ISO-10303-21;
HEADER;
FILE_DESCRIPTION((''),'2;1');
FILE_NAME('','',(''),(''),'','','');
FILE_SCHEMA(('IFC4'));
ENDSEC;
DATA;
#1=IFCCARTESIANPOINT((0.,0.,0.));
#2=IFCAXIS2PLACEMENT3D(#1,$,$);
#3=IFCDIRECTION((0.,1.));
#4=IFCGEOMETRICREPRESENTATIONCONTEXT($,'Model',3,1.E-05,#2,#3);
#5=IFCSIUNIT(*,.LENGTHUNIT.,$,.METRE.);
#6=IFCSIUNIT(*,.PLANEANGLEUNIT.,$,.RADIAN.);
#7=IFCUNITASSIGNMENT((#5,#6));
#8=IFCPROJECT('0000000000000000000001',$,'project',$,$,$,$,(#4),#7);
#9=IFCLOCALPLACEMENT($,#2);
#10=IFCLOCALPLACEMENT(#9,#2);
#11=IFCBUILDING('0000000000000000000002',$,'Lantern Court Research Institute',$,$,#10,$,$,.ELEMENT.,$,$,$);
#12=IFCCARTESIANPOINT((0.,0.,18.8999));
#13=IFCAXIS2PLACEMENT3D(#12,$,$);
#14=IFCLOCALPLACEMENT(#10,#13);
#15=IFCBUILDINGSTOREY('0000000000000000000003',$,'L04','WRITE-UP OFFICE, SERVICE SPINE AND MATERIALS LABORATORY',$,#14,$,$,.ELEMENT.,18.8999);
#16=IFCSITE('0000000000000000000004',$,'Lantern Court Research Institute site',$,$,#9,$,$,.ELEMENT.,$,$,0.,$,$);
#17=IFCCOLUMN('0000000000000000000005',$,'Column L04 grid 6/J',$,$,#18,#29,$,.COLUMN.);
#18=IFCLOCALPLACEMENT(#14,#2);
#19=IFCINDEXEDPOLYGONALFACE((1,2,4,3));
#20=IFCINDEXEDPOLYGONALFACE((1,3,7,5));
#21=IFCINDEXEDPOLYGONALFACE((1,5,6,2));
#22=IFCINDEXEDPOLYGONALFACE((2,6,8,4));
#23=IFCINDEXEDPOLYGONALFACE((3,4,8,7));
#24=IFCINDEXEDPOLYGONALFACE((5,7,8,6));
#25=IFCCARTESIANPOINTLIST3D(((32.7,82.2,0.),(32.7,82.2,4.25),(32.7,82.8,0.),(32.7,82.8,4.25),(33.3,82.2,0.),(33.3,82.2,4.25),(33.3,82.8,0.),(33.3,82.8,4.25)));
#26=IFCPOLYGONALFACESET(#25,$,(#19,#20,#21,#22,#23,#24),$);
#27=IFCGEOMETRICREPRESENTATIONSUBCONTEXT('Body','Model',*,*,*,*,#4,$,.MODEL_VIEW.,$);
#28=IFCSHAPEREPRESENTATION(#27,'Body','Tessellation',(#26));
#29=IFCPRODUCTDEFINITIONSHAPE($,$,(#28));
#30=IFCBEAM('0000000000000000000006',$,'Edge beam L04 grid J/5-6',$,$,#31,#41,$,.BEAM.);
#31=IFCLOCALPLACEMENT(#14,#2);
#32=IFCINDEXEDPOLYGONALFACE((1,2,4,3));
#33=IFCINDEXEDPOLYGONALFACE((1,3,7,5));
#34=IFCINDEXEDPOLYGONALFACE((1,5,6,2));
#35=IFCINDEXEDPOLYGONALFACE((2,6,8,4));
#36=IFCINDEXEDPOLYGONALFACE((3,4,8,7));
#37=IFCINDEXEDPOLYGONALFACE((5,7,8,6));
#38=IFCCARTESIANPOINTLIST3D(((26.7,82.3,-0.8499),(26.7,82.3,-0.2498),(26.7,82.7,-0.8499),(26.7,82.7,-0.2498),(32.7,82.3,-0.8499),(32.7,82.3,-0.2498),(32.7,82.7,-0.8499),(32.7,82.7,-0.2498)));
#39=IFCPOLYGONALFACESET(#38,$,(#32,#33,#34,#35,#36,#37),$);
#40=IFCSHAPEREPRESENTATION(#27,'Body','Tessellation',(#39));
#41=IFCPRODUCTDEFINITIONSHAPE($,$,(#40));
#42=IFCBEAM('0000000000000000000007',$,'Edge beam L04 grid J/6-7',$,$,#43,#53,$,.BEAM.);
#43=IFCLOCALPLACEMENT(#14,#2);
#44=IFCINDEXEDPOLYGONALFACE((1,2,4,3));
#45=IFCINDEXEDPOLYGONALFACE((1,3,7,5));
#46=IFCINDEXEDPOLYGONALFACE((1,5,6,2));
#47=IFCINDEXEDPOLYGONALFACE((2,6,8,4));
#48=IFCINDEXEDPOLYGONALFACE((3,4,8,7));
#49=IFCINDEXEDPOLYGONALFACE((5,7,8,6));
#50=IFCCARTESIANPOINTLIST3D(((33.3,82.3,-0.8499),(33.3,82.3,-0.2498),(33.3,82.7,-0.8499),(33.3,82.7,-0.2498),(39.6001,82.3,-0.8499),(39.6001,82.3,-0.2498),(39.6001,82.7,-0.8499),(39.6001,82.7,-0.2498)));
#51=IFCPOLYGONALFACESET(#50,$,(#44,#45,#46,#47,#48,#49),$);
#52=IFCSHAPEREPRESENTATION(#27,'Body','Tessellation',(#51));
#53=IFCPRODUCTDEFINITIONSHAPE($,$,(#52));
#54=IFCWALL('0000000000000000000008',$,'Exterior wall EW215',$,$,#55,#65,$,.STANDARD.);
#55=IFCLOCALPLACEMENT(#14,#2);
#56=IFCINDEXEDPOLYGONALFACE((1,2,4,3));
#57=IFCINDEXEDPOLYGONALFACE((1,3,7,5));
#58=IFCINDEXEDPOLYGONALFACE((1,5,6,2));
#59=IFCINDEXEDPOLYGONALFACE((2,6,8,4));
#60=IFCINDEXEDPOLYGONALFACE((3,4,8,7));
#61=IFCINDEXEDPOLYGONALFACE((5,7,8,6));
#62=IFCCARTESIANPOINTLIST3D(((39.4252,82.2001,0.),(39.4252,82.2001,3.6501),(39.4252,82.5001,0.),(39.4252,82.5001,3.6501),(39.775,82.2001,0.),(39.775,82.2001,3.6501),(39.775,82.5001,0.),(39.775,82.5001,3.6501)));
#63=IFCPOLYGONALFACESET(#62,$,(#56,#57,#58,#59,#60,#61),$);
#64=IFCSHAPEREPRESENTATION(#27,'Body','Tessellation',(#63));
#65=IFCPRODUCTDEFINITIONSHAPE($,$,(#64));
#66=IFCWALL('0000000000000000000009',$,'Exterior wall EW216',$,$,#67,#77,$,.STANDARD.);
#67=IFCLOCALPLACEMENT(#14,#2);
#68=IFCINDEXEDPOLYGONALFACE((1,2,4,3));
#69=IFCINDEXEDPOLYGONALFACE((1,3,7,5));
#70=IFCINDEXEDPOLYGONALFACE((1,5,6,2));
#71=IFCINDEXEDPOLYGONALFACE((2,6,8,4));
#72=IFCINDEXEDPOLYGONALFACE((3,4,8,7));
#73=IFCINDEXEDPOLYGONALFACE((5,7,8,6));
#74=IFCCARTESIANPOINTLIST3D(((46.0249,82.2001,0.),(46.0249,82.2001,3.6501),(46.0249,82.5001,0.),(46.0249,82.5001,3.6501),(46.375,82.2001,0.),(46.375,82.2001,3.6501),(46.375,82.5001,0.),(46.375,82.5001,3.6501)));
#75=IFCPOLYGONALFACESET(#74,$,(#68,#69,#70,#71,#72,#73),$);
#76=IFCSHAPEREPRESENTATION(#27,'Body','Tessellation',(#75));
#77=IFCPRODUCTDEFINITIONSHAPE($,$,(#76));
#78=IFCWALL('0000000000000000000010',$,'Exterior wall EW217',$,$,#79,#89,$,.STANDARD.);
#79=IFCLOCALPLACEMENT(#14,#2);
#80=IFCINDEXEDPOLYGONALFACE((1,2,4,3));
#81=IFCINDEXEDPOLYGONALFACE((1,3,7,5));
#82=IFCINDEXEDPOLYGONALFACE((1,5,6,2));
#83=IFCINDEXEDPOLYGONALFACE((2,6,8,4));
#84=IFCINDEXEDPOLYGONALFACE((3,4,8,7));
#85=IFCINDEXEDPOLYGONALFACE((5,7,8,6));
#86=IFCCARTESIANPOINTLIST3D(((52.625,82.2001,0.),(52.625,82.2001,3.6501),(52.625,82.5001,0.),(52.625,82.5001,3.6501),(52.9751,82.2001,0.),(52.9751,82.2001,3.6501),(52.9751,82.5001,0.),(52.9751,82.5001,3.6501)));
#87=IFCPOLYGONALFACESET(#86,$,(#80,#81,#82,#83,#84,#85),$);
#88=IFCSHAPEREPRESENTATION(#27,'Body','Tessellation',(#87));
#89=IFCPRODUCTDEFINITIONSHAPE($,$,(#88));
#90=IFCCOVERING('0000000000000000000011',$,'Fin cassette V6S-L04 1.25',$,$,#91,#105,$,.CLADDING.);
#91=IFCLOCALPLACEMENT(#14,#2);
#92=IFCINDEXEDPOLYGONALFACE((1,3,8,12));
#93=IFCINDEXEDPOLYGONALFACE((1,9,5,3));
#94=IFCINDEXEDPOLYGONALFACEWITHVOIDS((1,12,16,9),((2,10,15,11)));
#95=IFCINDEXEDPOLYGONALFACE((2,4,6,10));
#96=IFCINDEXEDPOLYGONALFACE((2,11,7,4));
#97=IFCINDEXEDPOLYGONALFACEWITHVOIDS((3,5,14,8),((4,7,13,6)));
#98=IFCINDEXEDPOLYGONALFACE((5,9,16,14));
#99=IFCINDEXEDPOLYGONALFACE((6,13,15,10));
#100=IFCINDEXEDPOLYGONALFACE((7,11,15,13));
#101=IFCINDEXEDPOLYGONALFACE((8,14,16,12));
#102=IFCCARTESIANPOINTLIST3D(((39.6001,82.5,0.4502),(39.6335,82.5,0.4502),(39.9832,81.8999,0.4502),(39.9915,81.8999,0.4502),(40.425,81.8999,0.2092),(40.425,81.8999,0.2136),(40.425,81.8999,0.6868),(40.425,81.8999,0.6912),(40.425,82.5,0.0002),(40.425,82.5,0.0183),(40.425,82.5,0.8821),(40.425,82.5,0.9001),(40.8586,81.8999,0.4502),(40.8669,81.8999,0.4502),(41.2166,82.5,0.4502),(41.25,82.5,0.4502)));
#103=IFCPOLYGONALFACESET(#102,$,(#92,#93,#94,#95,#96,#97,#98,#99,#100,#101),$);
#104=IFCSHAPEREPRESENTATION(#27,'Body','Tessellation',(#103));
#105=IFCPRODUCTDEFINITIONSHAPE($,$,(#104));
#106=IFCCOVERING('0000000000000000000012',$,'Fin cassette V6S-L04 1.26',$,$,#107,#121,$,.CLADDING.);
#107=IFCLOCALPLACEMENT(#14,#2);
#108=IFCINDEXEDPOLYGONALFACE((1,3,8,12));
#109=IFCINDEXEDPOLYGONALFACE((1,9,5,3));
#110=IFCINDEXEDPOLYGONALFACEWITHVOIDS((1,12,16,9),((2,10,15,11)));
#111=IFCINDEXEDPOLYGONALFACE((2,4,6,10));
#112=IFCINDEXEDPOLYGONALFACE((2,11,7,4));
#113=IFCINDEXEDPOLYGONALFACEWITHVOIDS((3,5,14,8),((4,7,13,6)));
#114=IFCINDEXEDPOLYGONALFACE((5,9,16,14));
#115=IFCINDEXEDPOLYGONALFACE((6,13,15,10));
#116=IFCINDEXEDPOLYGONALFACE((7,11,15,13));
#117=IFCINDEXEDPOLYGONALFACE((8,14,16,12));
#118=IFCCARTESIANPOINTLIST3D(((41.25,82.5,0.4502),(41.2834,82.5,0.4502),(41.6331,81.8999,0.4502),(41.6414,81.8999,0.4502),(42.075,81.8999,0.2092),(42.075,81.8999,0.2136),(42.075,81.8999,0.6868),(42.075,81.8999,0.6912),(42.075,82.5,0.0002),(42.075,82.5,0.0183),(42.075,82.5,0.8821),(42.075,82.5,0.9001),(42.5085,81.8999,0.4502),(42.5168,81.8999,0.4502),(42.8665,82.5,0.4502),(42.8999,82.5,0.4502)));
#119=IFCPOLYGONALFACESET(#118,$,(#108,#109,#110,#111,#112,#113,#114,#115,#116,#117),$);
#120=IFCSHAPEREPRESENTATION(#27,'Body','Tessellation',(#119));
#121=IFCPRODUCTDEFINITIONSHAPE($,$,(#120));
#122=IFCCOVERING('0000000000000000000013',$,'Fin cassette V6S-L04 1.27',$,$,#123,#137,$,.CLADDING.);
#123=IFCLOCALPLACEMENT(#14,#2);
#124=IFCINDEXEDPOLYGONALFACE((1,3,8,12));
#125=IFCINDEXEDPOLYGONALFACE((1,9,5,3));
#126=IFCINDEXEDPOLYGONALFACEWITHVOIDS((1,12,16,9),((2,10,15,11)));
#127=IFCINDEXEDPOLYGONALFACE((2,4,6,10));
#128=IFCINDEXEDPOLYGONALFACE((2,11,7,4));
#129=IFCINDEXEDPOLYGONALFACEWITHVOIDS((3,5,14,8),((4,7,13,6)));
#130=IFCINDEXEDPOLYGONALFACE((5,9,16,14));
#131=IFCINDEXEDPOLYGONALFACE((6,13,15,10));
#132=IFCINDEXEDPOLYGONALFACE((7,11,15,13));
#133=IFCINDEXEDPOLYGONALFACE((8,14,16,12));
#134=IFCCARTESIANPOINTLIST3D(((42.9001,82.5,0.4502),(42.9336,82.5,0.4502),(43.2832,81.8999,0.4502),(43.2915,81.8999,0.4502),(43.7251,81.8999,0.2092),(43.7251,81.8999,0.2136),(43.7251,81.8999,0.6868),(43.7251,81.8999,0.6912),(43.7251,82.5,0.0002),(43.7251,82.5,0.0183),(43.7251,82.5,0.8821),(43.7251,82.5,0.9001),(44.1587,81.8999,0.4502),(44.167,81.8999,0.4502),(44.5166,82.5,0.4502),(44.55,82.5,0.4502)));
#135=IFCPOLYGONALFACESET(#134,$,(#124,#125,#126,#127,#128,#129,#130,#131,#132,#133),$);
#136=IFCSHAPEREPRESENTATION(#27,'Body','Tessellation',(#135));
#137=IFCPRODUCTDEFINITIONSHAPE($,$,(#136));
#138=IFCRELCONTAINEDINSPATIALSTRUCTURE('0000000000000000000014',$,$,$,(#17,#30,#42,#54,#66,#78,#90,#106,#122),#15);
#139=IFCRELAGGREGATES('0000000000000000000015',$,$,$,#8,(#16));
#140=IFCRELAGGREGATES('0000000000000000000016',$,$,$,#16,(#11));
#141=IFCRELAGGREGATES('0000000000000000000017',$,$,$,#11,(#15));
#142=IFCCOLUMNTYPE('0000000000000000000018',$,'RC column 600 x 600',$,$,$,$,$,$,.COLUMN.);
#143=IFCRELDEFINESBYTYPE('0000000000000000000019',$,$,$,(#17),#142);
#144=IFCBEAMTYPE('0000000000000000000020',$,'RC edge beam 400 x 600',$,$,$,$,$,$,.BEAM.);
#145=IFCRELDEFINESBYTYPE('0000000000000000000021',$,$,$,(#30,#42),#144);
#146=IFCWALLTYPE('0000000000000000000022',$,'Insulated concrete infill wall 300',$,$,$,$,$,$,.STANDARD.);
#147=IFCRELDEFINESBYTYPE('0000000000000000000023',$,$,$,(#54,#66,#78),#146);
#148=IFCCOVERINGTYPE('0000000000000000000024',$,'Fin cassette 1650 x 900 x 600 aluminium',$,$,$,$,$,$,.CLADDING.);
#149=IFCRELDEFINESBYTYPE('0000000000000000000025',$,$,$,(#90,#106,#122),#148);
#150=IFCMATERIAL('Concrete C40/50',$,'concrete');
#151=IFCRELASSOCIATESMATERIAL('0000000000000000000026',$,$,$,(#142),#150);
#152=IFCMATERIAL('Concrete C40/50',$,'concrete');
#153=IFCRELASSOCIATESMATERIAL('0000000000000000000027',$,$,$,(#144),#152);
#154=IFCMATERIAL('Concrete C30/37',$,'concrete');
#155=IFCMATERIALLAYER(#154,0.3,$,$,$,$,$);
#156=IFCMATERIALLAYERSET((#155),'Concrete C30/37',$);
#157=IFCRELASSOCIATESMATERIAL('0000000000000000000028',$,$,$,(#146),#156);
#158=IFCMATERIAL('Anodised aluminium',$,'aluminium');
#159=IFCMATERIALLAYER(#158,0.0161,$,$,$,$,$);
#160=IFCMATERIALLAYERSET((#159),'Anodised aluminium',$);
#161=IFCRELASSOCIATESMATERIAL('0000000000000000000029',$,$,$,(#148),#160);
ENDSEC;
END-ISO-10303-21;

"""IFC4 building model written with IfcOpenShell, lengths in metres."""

from ifc_helpers import new_model, entity, si_unit, direction, frame, frame_2d, origin, origin_2d, place, context, subcontext, project, spatial, rectangle, extrude, material, layer, layer_set, material_profile, profile_set, type_object, element, save


model = new_model("IFC4")

# Units and contexts
model_context = context("Model", 3, precision=1e-05, world=origin(), true_north=direction((0.0, 1.0)))
body_context = subcontext(model_context, "Body", "Model", "MODEL_VIEW")
ifc_project = project(units=[si_unit("LENGTHUNIT", "METRE"), si_unit("PLANEANGLEUNIT", "RADIAN")], contexts=[model_context])

# Site, building, storey
site_placement = place(None, origin())
site = spatial("IfcSite", under=ifc_project, at=site_placement, Name="Lantern Court Research Institute site", CompositionType="ELEMENT", RefElevation=0.0)
building_placement = place(site_placement, origin())
building = spatial("IfcBuilding", under=site, at=building_placement, Name="Lantern Court Research Institute", CompositionType="ELEMENT")
storey_placement = place(building_placement, frame((0.0, 0.0, 18.8999)))
storey = spatial("IfcBuildingStorey", under=building, at=storey_placement, Name="L04", Description="WRITE-UP OFFICE, SERVICE SPINE AND MATERIALS LABORATORY", CompositionType="ELEMENT", Elevation=18.8999)

# Column
ifc_material_1 = material(Name="Concrete C40/50", Category="concrete")
ifc_material_profile_1 = material_profile(ifc_material_1, rectangle(XDim=0.6001, YDim=0.6001, at=origin_2d()), Name="RC column 600 x 600")
ifc_profile_set_1 = profile_set([ifc_material_profile_1], Name="Concrete C40/50")
column_type = type_object("IfcColumnType", Name="RC column 600 x 600", PredefinedType="COLUMN", material=ifc_profile_set_1)
column_placement = place(storey_placement, frame((33.0, 82.5, 0.0), z_axis=(0.0, 0.0, 1.0), x_axis=(1.0, 0.0, 0.0)))
element("IfcColumn", 1, at=column_placement, inside=storey, type_object=column_type, Name="Column L04 grid 6/J", PredefinedType="COLUMN", context=body_context, shape_type="SweptSolid", body=[
    extrude(rectangle(XDim=0.6001, YDim=0.6001, at=origin_2d()), origin(), (0.0, 0.0, 1.0), 4.25),
])

# Beams
ifc_material_2 = material(Name="Concrete C40/50", Category="concrete")
ifc_material_profile_2 = material_profile(ifc_material_2, rectangle(XDim=0.3999, YDim=0.6001, at=origin_2d()), Name="RC beam 400 x 600")
ifc_profile_set_2 = profile_set([ifc_material_profile_2], Name="Concrete C40/50")
beam_type = type_object("IfcBeamType", Name="RC edge beam 400 x 600", PredefinedType="BEAM", material=ifc_profile_set_2)
beam_1_placement = place(storey_placement, frame((26.7, 82.5, -0.5498), z_axis=(1.0, 0.0, 0.0), x_axis=(0.0, 1.0, 0.0)))
element("IfcBeam", 2, at=beam_1_placement, inside=storey, type_object=beam_type, Name="Edge beam L04 grid J/5-6", PredefinedType="BEAM", context=body_context, shape_type="SweptSolid", body=[
    extrude(rectangle(XDim=0.3999, YDim=0.6001, at=origin_2d()), origin(), (0.0, 0.0, 1.0), 6.0),
])
beam_2_placement = place(storey_placement, frame((33.3, 82.5, -0.5498), z_axis=(1.0, 0.0, 0.0), x_axis=(0.0, 1.0, 0.0)))
element("IfcBeam", 3, at=beam_2_placement, inside=storey, type_object=beam_type, Name="Edge beam L04 grid J/6-7", PredefinedType="BEAM", context=body_context, shape_type="SweptSolid", body=[
    extrude(rectangle(XDim=0.3999, YDim=0.6001, at=origin_2d()), origin(), (0.0, 0.0, 1.0), 6.3),
])

# Walls
ifc_material_3 = material(Name="Concrete C30/37", Category="concrete")
ifc_layer_1 = layer(ifc_material_3, 0.3)
ifc_layer_set_1 = layer_set([ifc_layer_1], Name="Concrete C30/37")
wall_type = type_object("IfcWallType", Name="Insulated concrete infill wall 300", PredefinedType="STANDARD", material=ifc_layer_set_1)
wall_placement = place(storey_placement, frame((39.7749, 82.3501, 0.0), z_axis=(0.0, 0.0, 1.0), x_axis=(-1.0, 0.0, 0.0)))
element("IfcWall", 4, at=wall_placement, inside=storey, type_object=wall_type, Name="Exterior wall EW215", PredefinedType="STANDARD", context=body_context, shape_type="SweptSolid", body=[
    extrude(rectangle(XDim=0.3499, YDim=0.3, at=frame_2d((0.1748, 0.0))), origin(), (0.0, 0.0, 1.0), 3.6501),
])
for number, where, z_axis, x_axis, name in (
    (5, (46.375, 82.3501, 0.0), (0.0, 0.0, 1.0), (-1.0, 0.0, 0.0), "Exterior wall EW216"),
    (6, (52.9751, 82.3501, 0.0), (0.0, 0.0, 1.0), (-1.0, 0.0, 0.0), "Exterior wall EW217"),
):
    element("IfcWall", number, at=place(storey_placement, frame(where, z_axis=z_axis, x_axis=x_axis)), inside=storey, type_object=wall_type, Name=name, PredefinedType="STANDARD", context=body_context, shape_type="SweptSolid", body=[
        extrude(rectangle(XDim=0.3501, YDim=0.3, at=frame_2d((0.175, 0.0))), origin(), (0.0, 0.0, 1.0), 3.6501),
    ])

# Coverings
ifc_material_4 = material(Name="Anodised aluminium", Category="aluminium")
ifc_layer_2 = layer(ifc_material_4, 0.0161)
ifc_layer_set_2 = layer_set([ifc_layer_2], Name="Anodised aluminium")
covering_type = type_object("IfcCoveringType", Name="Fin cassette 1650 x 900 x 600 aluminium", PredefinedType="CLADDING", material=ifc_layer_set_2)
covering_1_placement = place(storey_placement, frame((40.425, 82.5, 0.4502), z_axis=(0.0, -1.0, 0.0), x_axis=(1.0, 0.0, 0.0)))
cartesian_point_1 = entity("IfcCartesianPoint", [0.825, 0.0])
cartesian_point_2 = entity("IfcCartesianPoint", [0.7915, 0.0])
cartesian_point_3 = entity("IfcCartesianPoint", [0.4419, 0.0])
cartesian_point_4 = entity("IfcCartesianPoint", [0.4336, 0.0])
element("IfcCovering", 7, at=covering_1_placement, inside=storey, type_object=covering_type, Name="Fin cassette V6S-L04 1.25", PredefinedType="CLADDING", context=body_context, shape_type="SweptSolid", body=[
    entity("IfcExtrudedAreaSolidTapered", entity("IfcArbitraryProfileDefWithVoids", "AREA", None, entity("IfcPolyline", [cartesian_point_1, entity("IfcCartesianPoint", [0.0, 0.45]), entity("IfcCartesianPoint", [-0.825, 0.0]), entity("IfcCartesianPoint", [0.0, -0.45]), cartesian_point_1]), [entity("IfcPolyline", [cartesian_point_2, entity("IfcCartesianPoint", [0.0, 0.4319]), entity("IfcCartesianPoint", [-0.7915, 0.0]), entity("IfcCartesianPoint", [0.0, -0.4319]), cartesian_point_2])]), entity("IfcAxis2Placement3D", entity("IfcCartesianPoint", [0.0, 0.0, 0.0])), entity("IfcDirection", [0.0, 0.0, 1.0]), 0.6001, entity("IfcArbitraryProfileDefWithVoids", "AREA", None, entity("IfcPolyline", [cartesian_point_3, entity("IfcCartesianPoint", [0.0, 0.241]), entity("IfcCartesianPoint", [-0.4419, 0.0]), entity("IfcCartesianPoint", [0.0, -0.241]), cartesian_point_3]), [entity("IfcPolyline", [cartesian_point_4, entity("IfcCartesianPoint", [0.0, 0.2366]), entity("IfcCartesianPoint", [-0.4336, 0.0]), entity("IfcCartesianPoint", [0.0, -0.2366]), cartesian_point_4])])),
])
covering_2_placement = place(storey_placement, frame((42.075, 82.5, 0.4502), z_axis=(0.0, -1.0, 0.0), x_axis=(1.0, 0.0, 0.0)))
cartesian_point_5 = entity("IfcCartesianPoint", [0.825, 0.0])
cartesian_point_6 = entity("IfcCartesianPoint", [0.7915, 0.0])
cartesian_point_7 = entity("IfcCartesianPoint", [0.4419, 0.0])
cartesian_point_8 = entity("IfcCartesianPoint", [0.4336, 0.0])
element("IfcCovering", 8, at=covering_2_placement, inside=storey, type_object=covering_type, Name="Fin cassette V6S-L04 1.26", PredefinedType="CLADDING", context=body_context, shape_type="SweptSolid", body=[
    entity("IfcExtrudedAreaSolidTapered", entity("IfcArbitraryProfileDefWithVoids", "AREA", None, entity("IfcPolyline", [cartesian_point_5, entity("IfcCartesianPoint", [0.0, 0.45]), entity("IfcCartesianPoint", [-0.825, 0.0]), entity("IfcCartesianPoint", [0.0, -0.45]), cartesian_point_5]), [entity("IfcPolyline", [cartesian_point_6, entity("IfcCartesianPoint", [0.0, 0.4319]), entity("IfcCartesianPoint", [-0.7915, 0.0]), entity("IfcCartesianPoint", [0.0, -0.4319]), cartesian_point_6])]), entity("IfcAxis2Placement3D", entity("IfcCartesianPoint", [0.0, 0.0, 0.0])), entity("IfcDirection", [0.0, 0.0, 1.0]), 0.6001, entity("IfcArbitraryProfileDefWithVoids", "AREA", None, entity("IfcPolyline", [cartesian_point_7, entity("IfcCartesianPoint", [0.0, 0.241]), entity("IfcCartesianPoint", [-0.4419, 0.0]), entity("IfcCartesianPoint", [0.0, -0.241]), cartesian_point_7]), [entity("IfcPolyline", [cartesian_point_8, entity("IfcCartesianPoint", [0.0, 0.2366]), entity("IfcCartesianPoint", [-0.4336, 0.0]), entity("IfcCartesianPoint", [0.0, -0.2366]), cartesian_point_8])])),
])
covering_3_placement = place(storey_placement, frame((43.7251, 82.5, 0.4502), z_axis=(0.0, -1.0, 0.0), x_axis=(1.0, 0.0, 0.0)))
cartesian_point_9 = entity("IfcCartesianPoint", [0.825, 0.0])
cartesian_point_10 = entity("IfcCartesianPoint", [0.7915, 0.0])
cartesian_point_11 = entity("IfcCartesianPoint", [0.4419, 0.0])
cartesian_point_12 = entity("IfcCartesianPoint", [0.4336, 0.0])
element("IfcCovering", 9, at=covering_3_placement, inside=storey, type_object=covering_type, Name="Fin cassette V6S-L04 1.27", PredefinedType="CLADDING", context=body_context, shape_type="SweptSolid", body=[
    entity("IfcExtrudedAreaSolidTapered", entity("IfcArbitraryProfileDefWithVoids", "AREA", None, entity("IfcPolyline", [cartesian_point_9, entity("IfcCartesianPoint", [0.0, 0.45]), entity("IfcCartesianPoint", [-0.825, 0.0]), entity("IfcCartesianPoint", [0.0, -0.45]), cartesian_point_9]), [entity("IfcPolyline", [cartesian_point_10, entity("IfcCartesianPoint", [0.0, 0.4319]), entity("IfcCartesianPoint", [-0.7915, 0.0]), entity("IfcCartesianPoint", [0.0, -0.4319]), cartesian_point_10])]), entity("IfcAxis2Placement3D", entity("IfcCartesianPoint", [0.0, 0.0, 0.0])), entity("IfcDirection", [0.0, 0.0, 1.0]), 0.6001, entity("IfcArbitraryProfileDefWithVoids", "AREA", None, entity("IfcPolyline", [cartesian_point_11, entity("IfcCartesianPoint", [0.0, 0.241]), entity("IfcCartesianPoint", [-0.4419, 0.0]), entity("IfcCartesianPoint", [0.0, -0.241]), cartesian_point_11]), [entity("IfcPolyline", [cartesian_point_12, entity("IfcCartesianPoint", [0.0, 0.2366]), entity("IfcCartesianPoint", [-0.4336, 0.0]), entity("IfcCartesianPoint", [0.0, -0.2366]), cartesian_point_12])])),
])

save(model, "model.ifc")
